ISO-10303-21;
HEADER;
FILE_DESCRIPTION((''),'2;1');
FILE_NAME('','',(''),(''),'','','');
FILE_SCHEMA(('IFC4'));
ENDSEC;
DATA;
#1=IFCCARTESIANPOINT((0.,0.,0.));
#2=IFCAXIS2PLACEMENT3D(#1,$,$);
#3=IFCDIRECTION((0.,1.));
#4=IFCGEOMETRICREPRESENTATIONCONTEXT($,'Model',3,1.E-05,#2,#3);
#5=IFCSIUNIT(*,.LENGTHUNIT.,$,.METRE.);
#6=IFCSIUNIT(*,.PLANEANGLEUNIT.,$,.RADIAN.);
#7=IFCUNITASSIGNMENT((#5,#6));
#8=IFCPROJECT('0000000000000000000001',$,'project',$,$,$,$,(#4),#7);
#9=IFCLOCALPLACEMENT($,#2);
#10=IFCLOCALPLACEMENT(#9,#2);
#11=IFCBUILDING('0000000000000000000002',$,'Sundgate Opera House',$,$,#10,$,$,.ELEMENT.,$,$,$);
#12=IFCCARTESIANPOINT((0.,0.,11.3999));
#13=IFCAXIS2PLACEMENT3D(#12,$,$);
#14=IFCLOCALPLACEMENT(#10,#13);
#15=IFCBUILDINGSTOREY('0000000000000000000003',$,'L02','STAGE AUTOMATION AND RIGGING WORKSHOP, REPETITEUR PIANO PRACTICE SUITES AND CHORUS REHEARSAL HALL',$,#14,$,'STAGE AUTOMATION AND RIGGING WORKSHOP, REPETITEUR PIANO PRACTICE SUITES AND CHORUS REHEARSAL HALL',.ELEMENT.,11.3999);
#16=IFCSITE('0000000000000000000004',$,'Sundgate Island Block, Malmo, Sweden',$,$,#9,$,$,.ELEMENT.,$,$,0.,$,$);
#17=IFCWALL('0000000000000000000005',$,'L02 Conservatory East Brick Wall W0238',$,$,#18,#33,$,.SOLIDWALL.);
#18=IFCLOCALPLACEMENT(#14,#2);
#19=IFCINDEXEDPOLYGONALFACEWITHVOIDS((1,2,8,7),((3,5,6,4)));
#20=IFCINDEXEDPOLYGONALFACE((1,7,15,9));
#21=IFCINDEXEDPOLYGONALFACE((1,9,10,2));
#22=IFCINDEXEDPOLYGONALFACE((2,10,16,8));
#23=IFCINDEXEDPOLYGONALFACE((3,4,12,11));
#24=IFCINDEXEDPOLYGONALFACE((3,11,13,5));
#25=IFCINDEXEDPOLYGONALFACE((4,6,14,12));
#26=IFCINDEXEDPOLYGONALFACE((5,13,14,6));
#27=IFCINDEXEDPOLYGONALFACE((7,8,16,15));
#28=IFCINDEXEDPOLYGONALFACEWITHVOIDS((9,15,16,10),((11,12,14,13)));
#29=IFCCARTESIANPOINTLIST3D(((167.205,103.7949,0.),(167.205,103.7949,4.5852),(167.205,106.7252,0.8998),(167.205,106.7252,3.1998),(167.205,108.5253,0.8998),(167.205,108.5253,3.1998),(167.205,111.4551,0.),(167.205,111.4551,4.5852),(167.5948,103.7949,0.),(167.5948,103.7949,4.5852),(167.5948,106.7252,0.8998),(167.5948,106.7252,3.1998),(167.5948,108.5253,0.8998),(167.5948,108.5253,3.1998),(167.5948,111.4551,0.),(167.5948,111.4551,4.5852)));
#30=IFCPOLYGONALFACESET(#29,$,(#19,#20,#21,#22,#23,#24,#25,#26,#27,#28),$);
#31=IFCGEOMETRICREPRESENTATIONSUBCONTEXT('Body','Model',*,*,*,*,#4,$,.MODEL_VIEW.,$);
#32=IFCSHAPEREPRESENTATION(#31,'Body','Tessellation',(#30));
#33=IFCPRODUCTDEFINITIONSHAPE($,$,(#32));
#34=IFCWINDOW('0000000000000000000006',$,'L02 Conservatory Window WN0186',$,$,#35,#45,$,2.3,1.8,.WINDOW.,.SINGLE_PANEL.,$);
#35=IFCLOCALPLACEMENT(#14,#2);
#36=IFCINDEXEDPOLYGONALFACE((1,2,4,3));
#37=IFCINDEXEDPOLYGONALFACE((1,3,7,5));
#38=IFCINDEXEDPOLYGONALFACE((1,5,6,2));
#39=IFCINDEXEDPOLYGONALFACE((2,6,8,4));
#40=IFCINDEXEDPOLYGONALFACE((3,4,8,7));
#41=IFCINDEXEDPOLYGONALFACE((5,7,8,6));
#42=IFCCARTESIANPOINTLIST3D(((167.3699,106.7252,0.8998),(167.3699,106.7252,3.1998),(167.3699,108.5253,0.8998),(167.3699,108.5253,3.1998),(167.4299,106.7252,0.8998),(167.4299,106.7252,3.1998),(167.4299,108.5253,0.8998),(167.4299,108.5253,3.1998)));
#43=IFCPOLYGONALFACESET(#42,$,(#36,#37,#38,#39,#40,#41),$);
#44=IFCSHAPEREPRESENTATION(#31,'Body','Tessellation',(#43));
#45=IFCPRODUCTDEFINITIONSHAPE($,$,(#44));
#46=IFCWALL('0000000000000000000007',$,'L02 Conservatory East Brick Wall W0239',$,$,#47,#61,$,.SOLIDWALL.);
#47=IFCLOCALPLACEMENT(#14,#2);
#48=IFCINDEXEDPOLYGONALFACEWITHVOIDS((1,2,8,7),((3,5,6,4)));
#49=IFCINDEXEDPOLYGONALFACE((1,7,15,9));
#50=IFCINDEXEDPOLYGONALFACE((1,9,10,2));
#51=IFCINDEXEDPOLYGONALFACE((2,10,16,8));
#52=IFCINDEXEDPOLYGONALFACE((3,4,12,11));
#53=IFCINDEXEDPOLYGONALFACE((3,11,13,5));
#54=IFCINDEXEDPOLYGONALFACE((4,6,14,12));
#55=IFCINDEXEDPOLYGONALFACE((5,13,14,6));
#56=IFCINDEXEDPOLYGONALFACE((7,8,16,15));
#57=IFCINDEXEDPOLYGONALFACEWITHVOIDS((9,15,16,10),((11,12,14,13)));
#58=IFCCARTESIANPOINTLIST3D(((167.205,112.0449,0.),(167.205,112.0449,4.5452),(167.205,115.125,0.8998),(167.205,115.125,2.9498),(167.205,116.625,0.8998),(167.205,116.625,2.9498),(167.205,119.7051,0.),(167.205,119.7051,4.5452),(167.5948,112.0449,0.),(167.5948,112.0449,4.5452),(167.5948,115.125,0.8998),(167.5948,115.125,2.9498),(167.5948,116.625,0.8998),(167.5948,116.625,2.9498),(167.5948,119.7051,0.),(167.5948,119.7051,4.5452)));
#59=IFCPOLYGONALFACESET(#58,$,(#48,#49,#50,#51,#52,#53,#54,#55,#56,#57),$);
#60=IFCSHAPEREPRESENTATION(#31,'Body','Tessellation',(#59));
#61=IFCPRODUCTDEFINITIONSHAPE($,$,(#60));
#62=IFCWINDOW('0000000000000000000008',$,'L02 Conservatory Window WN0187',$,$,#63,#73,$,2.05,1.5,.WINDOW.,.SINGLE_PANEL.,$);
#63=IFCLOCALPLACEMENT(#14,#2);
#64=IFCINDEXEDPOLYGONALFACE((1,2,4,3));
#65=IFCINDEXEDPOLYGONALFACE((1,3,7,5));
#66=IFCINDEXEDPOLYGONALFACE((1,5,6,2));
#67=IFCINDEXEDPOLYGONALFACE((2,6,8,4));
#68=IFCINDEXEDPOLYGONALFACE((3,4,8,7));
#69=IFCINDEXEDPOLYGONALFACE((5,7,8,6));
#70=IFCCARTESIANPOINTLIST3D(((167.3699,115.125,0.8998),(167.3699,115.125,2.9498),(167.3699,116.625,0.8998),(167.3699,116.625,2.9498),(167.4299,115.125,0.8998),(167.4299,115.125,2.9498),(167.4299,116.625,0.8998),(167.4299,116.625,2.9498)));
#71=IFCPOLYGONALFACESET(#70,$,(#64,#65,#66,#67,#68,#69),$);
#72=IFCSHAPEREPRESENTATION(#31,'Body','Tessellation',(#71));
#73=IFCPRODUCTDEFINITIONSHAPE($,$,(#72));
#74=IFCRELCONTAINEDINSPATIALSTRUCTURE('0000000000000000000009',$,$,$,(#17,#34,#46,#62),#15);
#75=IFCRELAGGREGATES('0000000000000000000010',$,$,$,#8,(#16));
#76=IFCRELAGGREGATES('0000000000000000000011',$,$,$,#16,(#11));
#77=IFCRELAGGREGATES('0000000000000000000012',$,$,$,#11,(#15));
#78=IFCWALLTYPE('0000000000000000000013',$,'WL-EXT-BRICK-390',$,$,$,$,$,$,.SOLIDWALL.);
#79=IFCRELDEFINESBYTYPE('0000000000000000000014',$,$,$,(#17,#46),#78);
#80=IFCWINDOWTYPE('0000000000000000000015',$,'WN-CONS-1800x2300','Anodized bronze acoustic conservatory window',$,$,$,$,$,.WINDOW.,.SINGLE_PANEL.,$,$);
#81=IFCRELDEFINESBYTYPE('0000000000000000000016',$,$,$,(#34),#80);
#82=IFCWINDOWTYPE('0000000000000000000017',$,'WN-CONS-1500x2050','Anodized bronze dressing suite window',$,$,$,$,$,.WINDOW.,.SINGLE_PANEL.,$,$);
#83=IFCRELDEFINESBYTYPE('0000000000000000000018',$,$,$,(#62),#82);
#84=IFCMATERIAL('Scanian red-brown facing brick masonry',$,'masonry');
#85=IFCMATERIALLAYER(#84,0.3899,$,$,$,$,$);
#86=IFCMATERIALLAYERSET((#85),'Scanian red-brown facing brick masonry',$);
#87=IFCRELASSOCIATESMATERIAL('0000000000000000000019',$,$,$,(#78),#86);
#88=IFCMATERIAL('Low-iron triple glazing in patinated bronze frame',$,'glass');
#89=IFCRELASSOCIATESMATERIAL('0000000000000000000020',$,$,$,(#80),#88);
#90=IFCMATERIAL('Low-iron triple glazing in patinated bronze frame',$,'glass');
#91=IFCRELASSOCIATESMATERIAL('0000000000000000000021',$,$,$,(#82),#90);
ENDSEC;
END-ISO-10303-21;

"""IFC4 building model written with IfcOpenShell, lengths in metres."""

from ifc_helpers import new_model, si_unit, direction, frame, frame_2d, origin, place, context, subcontext, project, spatial, rectangle, extrude, material, layer, layer_set, type_object, element, fill, save


model = new_model("IFC4")

# Units and contexts
model_context = context("Model", 3, precision=1e-05, world=origin(), true_north=direction((0.0, 1.0)))
body_context = subcontext(model_context, "Body", "Model", "MODEL_VIEW")
ifc_project = project(units=[si_unit("LENGTHUNIT", "METRE"), si_unit("PLANEANGLEUNIT", "RADIAN")], contexts=[model_context])

# Site, building, storey
site_placement = place(None, origin())
site = spatial("IfcSite", under=ifc_project, at=site_placement, Name="Sundgate Island Block, Malmo, Sweden", CompositionType="ELEMENT", RefElevation=0.0)
building_placement = place(site_placement, origin())
building = spatial("IfcBuilding", under=site, at=building_placement, Name="Sundgate Opera House", CompositionType="ELEMENT")
storey_placement = place(building_placement, frame((0.0, 0.0, 11.3999)))
storey = spatial("IfcBuildingStorey", under=building, at=storey_placement, Name="L02", Description="STAGE AUTOMATION AND RIGGING WORKSHOP, REPETITEUR PIANO PRACTICE SUITES AND CHORUS REHEARSAL HALL", LongName="STAGE AUTOMATION AND RIGGING WORKSHOP, REPETITEUR PIANO PRACTICE SUITES AND CHORUS REHEARSAL HALL", CompositionType="ELEMENT", Elevation=11.3999)

# Walls, openings, windows
ifc_material_1 = material(Name="Scanian red-brown facing brick masonry", Category="masonry")
ifc_layer = layer(ifc_material_1, 0.3899)
ifc_layer_set = layer_set([ifc_layer], Name="Scanian red-brown facing brick masonry")
wall_type = type_object("IfcWallType", Name="WL-EXT-BRICK-390", PredefinedType="SOLIDWALL", material=ifc_layer_set)
wall_1_placement = place(storey_placement, frame((167.3999, 111.4551, 0.0), z_axis=(0.0, 0.0, 1.0), x_axis=(0.0, -1.0, 0.0)))
wall_1 = element("IfcWall", 1, at=wall_1_placement, inside=storey, type_object=wall_type, Name="L02 Conservatory East Brick Wall W0238", PredefinedType="SOLIDWALL", context=body_context, shape_type="SweptSolid", body=[
    extrude(rectangle(XDim=7.6602, YDim=0.3899, at=frame_2d((3.8301, 0.0))), origin(), (0.0, 0.0, 1.0), 4.5852),
])
opening_1_placement = place(wall_1_placement, frame((2.9299, 0.0, 0.8999)))
opening_1 = element("IfcOpeningElement", 2, at=opening_1_placement, cuts=wall_1, PredefinedType="OPENING", context=body_context, shape_type="SweptSolid", body=[
    extrude(rectangle(XDim=1.8, YDim=2.3, at=frame_2d((0.8999, 1.1499))), frame((0.0, 0.2048, 0.0), z_axis=(0.0, -1.0, 0.0), x_axis=(1.0, 0.0, 0.0)), (0.0, 0.0, 1.0), 0.4099),
])
ifc_material_2 = material(Name="Low-iron triple glazing in patinated bronze frame", Category="glass")
window_type_1 = type_object("IfcWindowType", Name="WN-CONS-1800x2300", Description="Anodized bronze acoustic conservatory window", PartitioningType="SINGLE_PANEL", PredefinedType="WINDOW", material=ifc_material_2)
window_1_placement = place(opening_1_placement, origin())
window_1 = element("IfcWindow", 3, at=window_1_placement, inside=storey, type_object=window_type_1, Name="L02 Conservatory Window WN0186", OverallHeight=2.3, OverallWidth=1.8, PartitioningType="SINGLE_PANEL", PredefinedType="WINDOW", context=body_context, shape_type="SweptSolid", body=[
    extrude(rectangle(XDim=1.8, YDim=2.3, at=frame_2d((0.8999, 1.1499))), frame((0.0, 0.03, 0.0), z_axis=(0.0, -1.0, 0.0), x_axis=(1.0, 0.0, 0.0)), (0.0, 0.0, 1.0), 0.0601),
])
fill(opening_1, window_1)
wall_2_placement = place(storey_placement, frame((167.3999, 119.7051, 0.0), z_axis=(0.0, 0.0, 1.0), x_axis=(0.0, -1.0, 0.0)))
wall_2 = element("IfcWall", 4, at=wall_2_placement, inside=storey, type_object=wall_type, Name="L02 Conservatory East Brick Wall W0239", PredefinedType="SOLIDWALL", context=body_context, shape_type="SweptSolid", body=[
    extrude(rectangle(XDim=7.6602, YDim=0.3899, at=frame_2d((3.8301, 0.0))), origin(), (0.0, 0.0, 1.0), 4.5452),
])
opening_2_placement = place(wall_2_placement, frame((3.0801, 0.0, 0.8999)))
opening_2 = element("IfcOpeningElement", 5, at=opening_2_placement, cuts=wall_2, PredefinedType="OPENING", context=body_context, shape_type="SweptSolid", body=[
    extrude(rectangle(XDim=1.5, YDim=2.05, at=frame_2d((0.75, 1.0249))), frame((0.0, 0.2048, 0.0), z_axis=(0.0, -1.0, 0.0), x_axis=(1.0, 0.0, 0.0)), (0.0, 0.0, 1.0), 0.4099),
])
ifc_material_3 = material(Name="Low-iron triple glazing in patinated bronze frame", Category="glass")
window_type_2 = type_object("IfcWindowType", Name="WN-CONS-1500x2050", Description="Anodized bronze dressing suite window", PartitioningType="SINGLE_PANEL", PredefinedType="WINDOW", material=ifc_material_3)
window_2_placement = place(opening_2_placement, origin())
window_2 = element("IfcWindow", 6, at=window_2_placement, inside=storey, type_object=window_type_2, Name="L02 Conservatory Window WN0187", OverallHeight=2.05, OverallWidth=1.5, PartitioningType="SINGLE_PANEL", PredefinedType="WINDOW", context=body_context, shape_type="SweptSolid", body=[
    extrude(rectangle(XDim=1.5, YDim=2.05, at=frame_2d((0.75, 1.0249))), frame((0.0, 0.03, 0.0), z_axis=(0.0, -1.0, 0.0), x_axis=(1.0, 0.0, 0.0)), (0.0, 0.0, 1.0), 0.0601),
])
fill(opening_2, window_2)

save(model, "model.ifc")
